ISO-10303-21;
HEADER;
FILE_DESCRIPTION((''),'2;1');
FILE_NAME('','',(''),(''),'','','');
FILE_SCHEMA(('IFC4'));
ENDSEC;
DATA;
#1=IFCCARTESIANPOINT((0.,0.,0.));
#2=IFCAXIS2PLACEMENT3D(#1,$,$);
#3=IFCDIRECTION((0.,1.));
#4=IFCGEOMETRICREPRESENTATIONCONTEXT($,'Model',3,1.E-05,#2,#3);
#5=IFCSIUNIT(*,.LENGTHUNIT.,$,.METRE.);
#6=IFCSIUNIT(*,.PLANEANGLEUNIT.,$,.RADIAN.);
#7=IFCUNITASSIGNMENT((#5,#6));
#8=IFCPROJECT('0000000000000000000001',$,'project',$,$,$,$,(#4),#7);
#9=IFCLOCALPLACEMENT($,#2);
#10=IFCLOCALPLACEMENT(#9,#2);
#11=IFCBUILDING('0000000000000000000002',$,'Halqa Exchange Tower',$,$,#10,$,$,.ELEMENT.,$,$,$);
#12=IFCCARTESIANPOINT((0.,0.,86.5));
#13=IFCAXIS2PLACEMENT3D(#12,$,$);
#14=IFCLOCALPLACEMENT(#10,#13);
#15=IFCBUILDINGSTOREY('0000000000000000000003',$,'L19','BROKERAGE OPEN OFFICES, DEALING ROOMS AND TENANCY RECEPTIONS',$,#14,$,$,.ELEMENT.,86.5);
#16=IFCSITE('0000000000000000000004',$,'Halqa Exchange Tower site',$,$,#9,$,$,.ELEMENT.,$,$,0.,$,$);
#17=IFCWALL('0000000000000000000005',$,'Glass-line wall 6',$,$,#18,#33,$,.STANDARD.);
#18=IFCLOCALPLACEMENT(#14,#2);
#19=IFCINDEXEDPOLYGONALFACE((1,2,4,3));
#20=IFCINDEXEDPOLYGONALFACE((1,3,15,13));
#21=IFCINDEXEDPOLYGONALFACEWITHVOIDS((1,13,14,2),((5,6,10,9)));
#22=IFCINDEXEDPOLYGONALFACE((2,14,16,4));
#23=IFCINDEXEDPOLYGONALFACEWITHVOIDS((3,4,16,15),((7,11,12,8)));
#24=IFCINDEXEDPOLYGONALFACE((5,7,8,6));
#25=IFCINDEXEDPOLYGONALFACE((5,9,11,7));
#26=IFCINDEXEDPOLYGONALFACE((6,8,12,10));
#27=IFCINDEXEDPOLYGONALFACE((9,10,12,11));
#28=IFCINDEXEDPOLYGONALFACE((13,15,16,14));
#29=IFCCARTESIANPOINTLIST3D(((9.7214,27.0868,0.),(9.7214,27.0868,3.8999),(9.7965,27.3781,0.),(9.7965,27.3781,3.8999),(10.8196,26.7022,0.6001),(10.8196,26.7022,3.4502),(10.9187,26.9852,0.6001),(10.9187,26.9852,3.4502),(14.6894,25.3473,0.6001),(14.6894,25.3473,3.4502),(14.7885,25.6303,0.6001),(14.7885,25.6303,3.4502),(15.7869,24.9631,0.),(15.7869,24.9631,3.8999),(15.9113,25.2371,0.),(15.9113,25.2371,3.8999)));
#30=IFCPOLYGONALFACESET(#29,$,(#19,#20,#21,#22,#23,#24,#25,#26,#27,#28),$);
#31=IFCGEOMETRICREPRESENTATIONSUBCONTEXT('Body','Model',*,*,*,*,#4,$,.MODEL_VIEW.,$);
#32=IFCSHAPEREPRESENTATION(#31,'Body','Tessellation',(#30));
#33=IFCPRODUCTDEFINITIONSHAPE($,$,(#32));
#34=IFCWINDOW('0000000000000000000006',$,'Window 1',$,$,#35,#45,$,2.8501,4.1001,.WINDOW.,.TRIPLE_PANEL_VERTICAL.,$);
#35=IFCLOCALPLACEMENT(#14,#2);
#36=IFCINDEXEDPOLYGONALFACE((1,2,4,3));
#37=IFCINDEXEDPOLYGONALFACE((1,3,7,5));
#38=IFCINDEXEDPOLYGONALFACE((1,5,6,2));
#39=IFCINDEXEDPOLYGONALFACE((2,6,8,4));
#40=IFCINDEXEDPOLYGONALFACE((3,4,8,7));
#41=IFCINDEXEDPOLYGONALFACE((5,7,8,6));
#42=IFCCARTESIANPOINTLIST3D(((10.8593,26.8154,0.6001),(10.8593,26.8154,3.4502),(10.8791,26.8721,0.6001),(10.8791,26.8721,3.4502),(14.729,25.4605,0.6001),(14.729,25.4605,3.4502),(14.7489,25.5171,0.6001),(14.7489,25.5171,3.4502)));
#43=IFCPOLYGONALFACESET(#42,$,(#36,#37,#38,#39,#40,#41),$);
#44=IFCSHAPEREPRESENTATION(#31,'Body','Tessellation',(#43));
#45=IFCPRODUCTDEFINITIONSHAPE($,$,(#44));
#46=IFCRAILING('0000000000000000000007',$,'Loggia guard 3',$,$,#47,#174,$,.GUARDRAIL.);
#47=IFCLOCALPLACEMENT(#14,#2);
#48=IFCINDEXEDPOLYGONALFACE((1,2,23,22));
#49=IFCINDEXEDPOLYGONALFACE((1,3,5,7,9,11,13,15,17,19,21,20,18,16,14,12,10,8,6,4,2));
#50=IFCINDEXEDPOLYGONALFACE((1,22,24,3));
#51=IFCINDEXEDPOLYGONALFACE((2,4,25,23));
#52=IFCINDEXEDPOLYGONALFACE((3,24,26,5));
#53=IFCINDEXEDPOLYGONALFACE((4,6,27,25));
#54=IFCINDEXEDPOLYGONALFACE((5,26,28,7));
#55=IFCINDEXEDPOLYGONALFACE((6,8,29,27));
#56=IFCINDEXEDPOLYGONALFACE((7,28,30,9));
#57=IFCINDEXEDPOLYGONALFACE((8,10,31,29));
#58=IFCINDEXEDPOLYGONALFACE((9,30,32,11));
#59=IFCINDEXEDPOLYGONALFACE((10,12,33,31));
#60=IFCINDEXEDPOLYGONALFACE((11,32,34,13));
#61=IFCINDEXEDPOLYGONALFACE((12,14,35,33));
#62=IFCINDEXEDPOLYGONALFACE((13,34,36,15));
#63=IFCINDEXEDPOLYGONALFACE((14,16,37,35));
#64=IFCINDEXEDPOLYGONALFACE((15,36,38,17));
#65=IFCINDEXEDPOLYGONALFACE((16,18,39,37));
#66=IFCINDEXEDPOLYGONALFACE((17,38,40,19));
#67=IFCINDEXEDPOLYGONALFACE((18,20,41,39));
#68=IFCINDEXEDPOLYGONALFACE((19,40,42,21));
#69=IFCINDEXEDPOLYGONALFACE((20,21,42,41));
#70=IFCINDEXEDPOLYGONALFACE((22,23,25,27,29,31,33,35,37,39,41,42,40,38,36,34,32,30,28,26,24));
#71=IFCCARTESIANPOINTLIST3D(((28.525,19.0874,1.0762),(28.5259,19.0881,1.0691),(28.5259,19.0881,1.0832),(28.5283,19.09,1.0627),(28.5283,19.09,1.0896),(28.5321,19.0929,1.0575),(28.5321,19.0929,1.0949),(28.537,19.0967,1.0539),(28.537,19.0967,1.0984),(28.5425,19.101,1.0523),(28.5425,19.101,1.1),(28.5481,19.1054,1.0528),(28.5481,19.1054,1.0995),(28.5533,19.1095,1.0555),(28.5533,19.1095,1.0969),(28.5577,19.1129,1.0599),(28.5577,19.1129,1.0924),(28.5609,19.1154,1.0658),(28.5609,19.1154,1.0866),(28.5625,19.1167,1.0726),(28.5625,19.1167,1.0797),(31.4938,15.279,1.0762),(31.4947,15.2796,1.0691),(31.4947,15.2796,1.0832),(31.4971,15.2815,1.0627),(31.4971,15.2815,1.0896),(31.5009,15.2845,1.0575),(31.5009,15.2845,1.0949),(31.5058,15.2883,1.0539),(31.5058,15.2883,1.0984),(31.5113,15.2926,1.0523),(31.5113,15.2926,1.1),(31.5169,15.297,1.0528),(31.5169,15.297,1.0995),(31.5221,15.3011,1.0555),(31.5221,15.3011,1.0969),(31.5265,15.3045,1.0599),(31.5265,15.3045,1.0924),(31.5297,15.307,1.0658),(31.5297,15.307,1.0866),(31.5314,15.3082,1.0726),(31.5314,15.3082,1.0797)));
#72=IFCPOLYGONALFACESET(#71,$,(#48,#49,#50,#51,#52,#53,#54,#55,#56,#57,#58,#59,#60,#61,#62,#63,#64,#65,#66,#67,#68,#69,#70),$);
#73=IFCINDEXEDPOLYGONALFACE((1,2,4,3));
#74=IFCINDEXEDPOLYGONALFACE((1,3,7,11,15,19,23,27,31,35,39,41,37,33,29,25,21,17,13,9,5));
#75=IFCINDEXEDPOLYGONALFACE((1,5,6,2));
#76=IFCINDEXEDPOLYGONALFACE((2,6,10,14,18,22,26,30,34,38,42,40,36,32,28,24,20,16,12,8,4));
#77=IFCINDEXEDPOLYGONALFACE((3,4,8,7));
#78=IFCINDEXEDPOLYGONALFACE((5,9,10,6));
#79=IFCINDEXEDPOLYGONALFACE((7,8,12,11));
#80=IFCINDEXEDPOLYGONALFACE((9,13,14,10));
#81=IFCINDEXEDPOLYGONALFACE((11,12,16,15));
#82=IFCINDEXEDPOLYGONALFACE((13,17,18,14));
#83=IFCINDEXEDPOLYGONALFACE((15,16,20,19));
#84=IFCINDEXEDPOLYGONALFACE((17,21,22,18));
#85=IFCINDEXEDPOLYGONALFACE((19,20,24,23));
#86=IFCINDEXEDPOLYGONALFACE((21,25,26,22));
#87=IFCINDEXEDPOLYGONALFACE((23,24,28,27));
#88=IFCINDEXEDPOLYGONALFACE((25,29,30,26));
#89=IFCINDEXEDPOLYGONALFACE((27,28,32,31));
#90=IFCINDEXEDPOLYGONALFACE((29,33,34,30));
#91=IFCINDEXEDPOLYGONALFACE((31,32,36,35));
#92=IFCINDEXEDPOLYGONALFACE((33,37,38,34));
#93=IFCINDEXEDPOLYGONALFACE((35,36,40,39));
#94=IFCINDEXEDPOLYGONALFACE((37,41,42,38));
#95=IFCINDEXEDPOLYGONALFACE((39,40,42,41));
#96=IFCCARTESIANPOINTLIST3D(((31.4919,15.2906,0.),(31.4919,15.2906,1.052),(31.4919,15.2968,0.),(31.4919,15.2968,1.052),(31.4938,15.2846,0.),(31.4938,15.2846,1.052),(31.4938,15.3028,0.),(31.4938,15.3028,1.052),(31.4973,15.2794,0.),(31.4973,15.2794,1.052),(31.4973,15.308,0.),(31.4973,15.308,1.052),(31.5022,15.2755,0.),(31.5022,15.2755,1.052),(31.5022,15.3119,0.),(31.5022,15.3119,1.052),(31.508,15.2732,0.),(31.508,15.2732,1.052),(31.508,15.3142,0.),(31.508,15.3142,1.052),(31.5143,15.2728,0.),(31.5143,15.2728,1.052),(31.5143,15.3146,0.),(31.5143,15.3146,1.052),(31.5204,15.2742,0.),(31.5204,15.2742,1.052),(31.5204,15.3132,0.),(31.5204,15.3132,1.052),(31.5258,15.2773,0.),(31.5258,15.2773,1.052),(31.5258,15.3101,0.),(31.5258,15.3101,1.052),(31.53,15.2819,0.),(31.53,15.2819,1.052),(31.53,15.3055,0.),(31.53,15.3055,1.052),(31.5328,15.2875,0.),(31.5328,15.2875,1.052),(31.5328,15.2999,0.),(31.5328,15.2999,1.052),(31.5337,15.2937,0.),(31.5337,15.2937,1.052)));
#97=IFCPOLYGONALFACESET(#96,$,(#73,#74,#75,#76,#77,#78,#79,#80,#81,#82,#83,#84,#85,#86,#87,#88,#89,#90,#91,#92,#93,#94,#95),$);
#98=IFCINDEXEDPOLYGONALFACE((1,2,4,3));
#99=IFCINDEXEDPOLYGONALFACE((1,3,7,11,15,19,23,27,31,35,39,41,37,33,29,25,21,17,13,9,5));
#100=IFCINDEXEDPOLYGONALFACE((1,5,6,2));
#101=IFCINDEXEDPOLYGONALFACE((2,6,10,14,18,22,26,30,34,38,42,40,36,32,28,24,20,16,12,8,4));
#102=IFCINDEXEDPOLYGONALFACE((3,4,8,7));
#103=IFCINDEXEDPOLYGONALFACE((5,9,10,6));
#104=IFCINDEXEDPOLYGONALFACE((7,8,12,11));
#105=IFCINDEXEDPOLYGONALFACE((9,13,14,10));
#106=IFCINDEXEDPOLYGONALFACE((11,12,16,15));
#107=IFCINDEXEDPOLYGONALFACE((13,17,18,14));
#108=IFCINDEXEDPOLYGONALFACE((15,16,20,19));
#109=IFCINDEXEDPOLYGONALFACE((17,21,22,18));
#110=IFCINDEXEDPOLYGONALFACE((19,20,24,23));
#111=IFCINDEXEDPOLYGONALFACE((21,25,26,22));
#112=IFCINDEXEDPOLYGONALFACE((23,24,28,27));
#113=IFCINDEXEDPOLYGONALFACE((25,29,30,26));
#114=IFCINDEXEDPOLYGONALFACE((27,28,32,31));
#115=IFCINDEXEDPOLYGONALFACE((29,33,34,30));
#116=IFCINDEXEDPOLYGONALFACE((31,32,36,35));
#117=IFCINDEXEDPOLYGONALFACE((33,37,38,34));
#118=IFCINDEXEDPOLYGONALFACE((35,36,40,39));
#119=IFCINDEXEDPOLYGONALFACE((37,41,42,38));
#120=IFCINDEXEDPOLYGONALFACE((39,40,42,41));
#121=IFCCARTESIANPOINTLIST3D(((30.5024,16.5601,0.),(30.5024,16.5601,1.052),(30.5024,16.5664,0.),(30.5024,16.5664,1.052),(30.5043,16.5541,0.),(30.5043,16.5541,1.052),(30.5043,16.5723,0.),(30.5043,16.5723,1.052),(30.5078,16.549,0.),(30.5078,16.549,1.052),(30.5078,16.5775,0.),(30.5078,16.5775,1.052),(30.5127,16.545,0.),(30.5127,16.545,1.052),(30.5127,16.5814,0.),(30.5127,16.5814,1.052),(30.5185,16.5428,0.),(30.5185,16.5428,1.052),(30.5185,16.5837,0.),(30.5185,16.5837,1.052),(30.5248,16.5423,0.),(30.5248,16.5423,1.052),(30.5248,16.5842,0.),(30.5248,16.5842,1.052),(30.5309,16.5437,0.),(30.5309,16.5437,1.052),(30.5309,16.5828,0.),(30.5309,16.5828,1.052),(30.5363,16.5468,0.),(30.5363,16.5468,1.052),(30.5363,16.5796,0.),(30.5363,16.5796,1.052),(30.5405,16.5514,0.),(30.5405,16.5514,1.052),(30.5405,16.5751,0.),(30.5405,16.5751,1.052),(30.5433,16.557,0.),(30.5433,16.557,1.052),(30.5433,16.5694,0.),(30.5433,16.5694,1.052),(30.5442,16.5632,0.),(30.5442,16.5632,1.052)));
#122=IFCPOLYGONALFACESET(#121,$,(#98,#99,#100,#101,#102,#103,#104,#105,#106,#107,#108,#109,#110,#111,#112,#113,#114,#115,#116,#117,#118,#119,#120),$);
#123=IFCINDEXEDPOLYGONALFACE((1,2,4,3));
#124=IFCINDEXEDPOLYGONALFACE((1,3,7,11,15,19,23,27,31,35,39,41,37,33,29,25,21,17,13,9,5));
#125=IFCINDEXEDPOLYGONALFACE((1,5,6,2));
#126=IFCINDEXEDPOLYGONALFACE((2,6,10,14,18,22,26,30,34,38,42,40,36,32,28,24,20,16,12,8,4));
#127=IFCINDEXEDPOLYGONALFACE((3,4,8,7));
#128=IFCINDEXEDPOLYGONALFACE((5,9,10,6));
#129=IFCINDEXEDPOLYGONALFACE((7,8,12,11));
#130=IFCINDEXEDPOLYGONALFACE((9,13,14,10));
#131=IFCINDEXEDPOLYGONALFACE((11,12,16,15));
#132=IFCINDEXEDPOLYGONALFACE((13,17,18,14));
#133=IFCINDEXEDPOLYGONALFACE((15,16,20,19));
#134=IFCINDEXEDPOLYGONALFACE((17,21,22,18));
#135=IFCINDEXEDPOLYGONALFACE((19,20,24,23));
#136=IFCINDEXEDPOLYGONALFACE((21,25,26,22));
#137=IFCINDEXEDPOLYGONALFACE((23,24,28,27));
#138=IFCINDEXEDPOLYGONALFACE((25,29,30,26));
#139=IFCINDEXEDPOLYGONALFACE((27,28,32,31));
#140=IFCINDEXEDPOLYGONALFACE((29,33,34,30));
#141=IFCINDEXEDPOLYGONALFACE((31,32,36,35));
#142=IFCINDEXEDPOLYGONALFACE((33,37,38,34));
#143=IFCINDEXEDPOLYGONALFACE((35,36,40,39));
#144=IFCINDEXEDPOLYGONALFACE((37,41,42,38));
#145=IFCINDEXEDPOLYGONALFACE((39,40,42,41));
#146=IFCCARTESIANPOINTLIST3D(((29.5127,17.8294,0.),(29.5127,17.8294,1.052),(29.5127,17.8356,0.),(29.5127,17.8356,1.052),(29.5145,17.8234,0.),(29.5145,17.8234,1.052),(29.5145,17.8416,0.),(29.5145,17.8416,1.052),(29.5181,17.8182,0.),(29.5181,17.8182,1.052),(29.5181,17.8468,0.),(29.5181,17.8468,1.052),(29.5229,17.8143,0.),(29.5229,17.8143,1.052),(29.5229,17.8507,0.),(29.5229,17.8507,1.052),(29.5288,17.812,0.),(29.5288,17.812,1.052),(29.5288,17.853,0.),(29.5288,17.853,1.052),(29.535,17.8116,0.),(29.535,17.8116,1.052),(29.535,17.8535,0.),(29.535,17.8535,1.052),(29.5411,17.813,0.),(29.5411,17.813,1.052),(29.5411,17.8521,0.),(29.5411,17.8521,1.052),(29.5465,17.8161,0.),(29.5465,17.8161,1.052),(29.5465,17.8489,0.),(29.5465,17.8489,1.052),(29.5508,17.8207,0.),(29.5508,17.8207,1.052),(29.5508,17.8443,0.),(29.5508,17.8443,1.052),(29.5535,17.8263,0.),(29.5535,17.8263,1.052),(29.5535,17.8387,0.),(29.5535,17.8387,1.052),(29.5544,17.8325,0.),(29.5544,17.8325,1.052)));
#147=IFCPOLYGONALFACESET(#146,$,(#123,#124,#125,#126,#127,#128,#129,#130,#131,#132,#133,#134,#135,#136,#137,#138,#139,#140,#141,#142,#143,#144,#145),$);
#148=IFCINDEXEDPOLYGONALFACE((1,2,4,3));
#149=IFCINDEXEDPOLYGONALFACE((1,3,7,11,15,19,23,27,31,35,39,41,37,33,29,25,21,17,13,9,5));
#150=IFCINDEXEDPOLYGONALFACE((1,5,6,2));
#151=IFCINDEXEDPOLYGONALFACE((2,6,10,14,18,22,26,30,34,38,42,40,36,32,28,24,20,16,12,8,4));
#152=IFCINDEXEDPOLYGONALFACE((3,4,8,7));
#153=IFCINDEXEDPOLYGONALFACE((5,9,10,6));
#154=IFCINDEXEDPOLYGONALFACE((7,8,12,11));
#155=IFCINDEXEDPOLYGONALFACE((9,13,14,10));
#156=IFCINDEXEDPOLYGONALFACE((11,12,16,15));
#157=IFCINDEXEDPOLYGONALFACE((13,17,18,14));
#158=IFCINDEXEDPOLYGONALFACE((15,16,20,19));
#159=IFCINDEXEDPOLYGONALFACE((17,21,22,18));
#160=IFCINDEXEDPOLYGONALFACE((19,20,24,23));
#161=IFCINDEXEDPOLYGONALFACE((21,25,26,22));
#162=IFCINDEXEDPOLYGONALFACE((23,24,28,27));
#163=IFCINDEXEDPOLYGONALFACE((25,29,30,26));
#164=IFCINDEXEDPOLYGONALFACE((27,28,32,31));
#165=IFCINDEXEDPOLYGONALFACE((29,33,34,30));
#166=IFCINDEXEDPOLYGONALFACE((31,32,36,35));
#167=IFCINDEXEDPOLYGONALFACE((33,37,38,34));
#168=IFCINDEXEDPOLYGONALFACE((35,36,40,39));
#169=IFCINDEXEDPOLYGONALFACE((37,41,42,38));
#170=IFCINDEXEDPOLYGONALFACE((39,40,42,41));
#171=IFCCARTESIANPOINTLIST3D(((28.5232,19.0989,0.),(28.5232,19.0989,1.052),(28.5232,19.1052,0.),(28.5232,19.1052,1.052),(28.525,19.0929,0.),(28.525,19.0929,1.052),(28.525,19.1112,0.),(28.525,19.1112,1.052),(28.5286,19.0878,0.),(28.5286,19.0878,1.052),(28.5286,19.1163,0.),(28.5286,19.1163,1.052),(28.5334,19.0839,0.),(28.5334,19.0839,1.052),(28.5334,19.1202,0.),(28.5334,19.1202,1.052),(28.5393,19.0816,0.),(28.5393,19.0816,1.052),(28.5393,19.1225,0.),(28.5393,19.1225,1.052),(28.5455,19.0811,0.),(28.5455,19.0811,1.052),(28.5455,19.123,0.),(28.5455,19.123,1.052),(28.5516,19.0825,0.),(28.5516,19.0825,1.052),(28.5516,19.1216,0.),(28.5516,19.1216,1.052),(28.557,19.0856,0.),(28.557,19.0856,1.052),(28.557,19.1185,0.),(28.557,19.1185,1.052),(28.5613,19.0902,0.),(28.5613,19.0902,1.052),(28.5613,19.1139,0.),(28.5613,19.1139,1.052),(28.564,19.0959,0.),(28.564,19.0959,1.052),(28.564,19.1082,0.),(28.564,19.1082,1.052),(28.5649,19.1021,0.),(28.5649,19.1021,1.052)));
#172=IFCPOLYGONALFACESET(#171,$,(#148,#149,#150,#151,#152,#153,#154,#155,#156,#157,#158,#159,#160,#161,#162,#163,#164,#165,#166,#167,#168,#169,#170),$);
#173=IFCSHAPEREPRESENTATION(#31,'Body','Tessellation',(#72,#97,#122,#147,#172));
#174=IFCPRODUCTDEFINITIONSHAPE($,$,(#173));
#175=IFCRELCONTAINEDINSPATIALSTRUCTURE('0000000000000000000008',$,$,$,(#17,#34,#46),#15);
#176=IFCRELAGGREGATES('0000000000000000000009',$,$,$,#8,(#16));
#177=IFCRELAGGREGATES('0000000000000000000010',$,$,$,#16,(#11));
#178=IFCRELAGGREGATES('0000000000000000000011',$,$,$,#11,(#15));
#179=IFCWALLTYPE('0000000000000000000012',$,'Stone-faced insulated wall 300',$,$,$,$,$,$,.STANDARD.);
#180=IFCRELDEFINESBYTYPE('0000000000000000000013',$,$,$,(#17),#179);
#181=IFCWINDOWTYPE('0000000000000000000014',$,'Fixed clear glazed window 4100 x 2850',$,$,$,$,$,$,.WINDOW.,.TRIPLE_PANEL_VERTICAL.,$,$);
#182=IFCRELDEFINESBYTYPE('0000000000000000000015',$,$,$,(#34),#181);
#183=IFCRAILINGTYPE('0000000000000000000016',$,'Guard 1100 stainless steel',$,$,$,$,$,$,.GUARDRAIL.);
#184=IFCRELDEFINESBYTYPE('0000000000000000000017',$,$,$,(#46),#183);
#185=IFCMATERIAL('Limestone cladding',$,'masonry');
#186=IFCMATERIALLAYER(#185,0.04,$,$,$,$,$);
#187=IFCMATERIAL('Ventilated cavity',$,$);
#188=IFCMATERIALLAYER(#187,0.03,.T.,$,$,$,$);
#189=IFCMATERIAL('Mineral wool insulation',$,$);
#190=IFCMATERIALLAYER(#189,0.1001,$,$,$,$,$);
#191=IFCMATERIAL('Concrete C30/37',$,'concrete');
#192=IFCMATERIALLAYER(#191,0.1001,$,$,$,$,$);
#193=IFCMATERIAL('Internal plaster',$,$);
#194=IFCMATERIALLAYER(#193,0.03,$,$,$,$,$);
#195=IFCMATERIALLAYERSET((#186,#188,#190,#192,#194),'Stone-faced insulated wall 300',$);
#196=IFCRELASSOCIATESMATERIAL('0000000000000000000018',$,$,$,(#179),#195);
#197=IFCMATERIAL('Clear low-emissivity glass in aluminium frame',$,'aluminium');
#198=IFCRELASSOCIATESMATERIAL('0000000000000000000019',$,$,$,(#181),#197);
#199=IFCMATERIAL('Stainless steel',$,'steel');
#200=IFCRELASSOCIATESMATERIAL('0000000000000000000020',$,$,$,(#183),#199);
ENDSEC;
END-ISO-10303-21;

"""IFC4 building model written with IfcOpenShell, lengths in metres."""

from ifc_helpers import new_model, si_unit, direction, frame, frame_2d, origin, origin_2d, place, context, subcontext, project, spatial, polyline, rectangle, circle, outline, extrude, material, layer, layer_set, type_object, element, fill, save


model = new_model("IFC4")

# Units and contexts
model_context = context("Model", 3, precision=1e-05, world=origin(), true_north=direction((0.0, 1.0)))
body_context = subcontext(model_context, "Body", "Model", "MODEL_VIEW")
ifc_project = project(units=[si_unit("LENGTHUNIT", "METRE"), si_unit("PLANEANGLEUNIT", "RADIAN")], contexts=[model_context])

# Site, building, storey
site_placement = place(None, origin())
site = spatial("IfcSite", under=ifc_project, at=site_placement, Name="Halqa Exchange Tower site", CompositionType="ELEMENT", RefElevation=0.0)
building_placement = place(site_placement, origin())
building = spatial("IfcBuilding", under=site, at=building_placement, Name="Halqa Exchange Tower", CompositionType="ELEMENT")
storey_placement = place(building_placement, frame((0.0, 0.0, 86.5)))
storey = spatial("IfcBuildingStorey", under=building, at=storey_placement, Name="L19", Description="BROKERAGE OPEN OFFICES, DEALING ROOMS AND TENANCY RECEPTIONS", CompositionType="ELEMENT", Elevation=86.5)

# Shared definitions
ifc_material_1 = material(Name="Limestone cladding", Category="masonry")
ifc_layer_1 = layer(ifc_material_1, 0.04)
ifc_material_2 = material(Name="Ventilated cavity")
ifc_layer_2 = layer(ifc_material_2, 0.03, ventilated=True)
ifc_material_3 = material(Name="Mineral wool insulation")
ifc_layer_3 = layer(ifc_material_3, 0.1001)
ifc_material_4 = material(Name="Concrete C30/37", Category="concrete")
ifc_layer_4 = layer(ifc_material_4, 0.1001)
ifc_material_5 = material(Name="Internal plaster")
ifc_layer_5 = layer(ifc_material_5, 0.03)
ifc_layer_set_1 = layer_set([ifc_layer_1, ifc_layer_2, ifc_layer_3, ifc_layer_4, ifc_layer_5], Name="Stone-faced insulated wall 300")
wall_type_1 = type_object("IfcWallType", Name="Stone-faced insulated wall 300", PredefinedType="STANDARD", material=ifc_layer_set_1)
ifc_material_6 = material(Name="Clear low-emissivity glass in aluminium frame", Category="aluminium")

# Wall, opening, window
window_type = type_object("IfcWindowType", Name="Fixed clear glazed window 4100 x 2850", PartitioningType="TRIPLE_PANEL_VERTICAL", PredefinedType="WINDOW", material=ifc_material_6)
wall_1_placement = place(storey_placement, frame((15.8491, 25.1001, 0.0), z_axis=(0.0, 0.0, 1.0), x_axis=(-0.94382, 0.33046, 0.0)))
wall_1 = element("IfcWall", 1, at=wall_1_placement, inside=storey, type_object=wall_type_1, Name="Glass-line wall 6", PredefinedType="STANDARD", context=body_context, shape_type="SweptSolid", body=[
    extrude(outline(polyline([(-0.0134, -0.1499), (6.4653, -0.1499), (6.4399, 0.1499), (0.0134, 0.1499), (-0.0134, -0.1499)])), origin(), (0.0, 0.0, 1.0), 3.8999),
])
opening_1_placement = place(wall_1_placement, frame((1.1763, 0.0, 0.6001)))
opening_1 = element("IfcOpeningElement", 2, at=opening_1_placement, cuts=wall_1, PredefinedType="OPENING", context=body_context, shape_type="SweptSolid", body=[
    extrude(rectangle(XDim=4.1001, YDim=2.8501, at=frame_2d((2.05, 1.425))), frame((0.0, 0.1621, 0.0), z_axis=(0.0, -1.0, 0.0), x_axis=(1.0, 0.0, 0.0)), (0.0, 0.0, 1.0), 0.324),
])
window_1_placement = place(opening_1_placement, origin())
window_1 = element("IfcWindow", 3, at=window_1_placement, inside=storey, type_object=window_type, Name="Window 1", OverallHeight=2.8501, OverallWidth=4.1001, PartitioningType="TRIPLE_PANEL_VERTICAL", PredefinedType="WINDOW", context=body_context, shape_type="SweptSolid", body=[
    extrude(rectangle(XDim=4.1001, YDim=2.8501, at=frame_2d((2.05, 1.425))), frame((0.0, 0.03, 0.0), z_axis=(0.0, -1.0, 0.0), x_axis=(1.0, 0.0, 0.0)), (0.0, 0.0, 1.0), 0.0601),
])
fill(opening_1, window_1)

# Railing
ifc_material_7 = material(Name="Stainless steel", Category="steel")
railing_type = type_object("IfcRailingType", Name="Guard 1100 stainless steel", PredefinedType="GUARDRAIL", material=ifc_material_7)
railing_1_placement = place(storey_placement, frame((31.5127, 15.2937, 0.0)))
element("IfcRailing", 4, at=railing_1_placement, inside=storey, type_object=railing_type, Name="Loggia guard 3", PredefinedType="GUARDRAIL", context=body_context, shape_type="SweptSolid", body=[
    extrude(circle(Radius=0.0239, at=origin_2d()), frame((0.0, 0.0, 1.0762), z_axis=(-0.614805, 0.788679, 0.0), x_axis=(-0.788679, -0.614805, 0.0)), (0.0, 0.0, 1.0), 4.8289),
    extrude(circle(Radius=0.021, at=origin_2d()), origin(), (0.0, 0.0, 1.0), 1.052),
    extrude(circle(Radius=0.021, at=origin_2d()), frame((-0.9895, 1.2695, 0.0)), (0.0, 0.0, 1.0), 1.052),
    extrude(circle(Radius=0.021, at=origin_2d()), frame((-1.9792, 2.5388, 0.0)), (0.0, 0.0, 1.0), 1.052),
    extrude(circle(Radius=0.021, at=origin_2d()), frame((-2.9688, 3.8083, 0.0)), (0.0, 0.0, 1.0), 1.052),
])

save(model, "model.ifc")
